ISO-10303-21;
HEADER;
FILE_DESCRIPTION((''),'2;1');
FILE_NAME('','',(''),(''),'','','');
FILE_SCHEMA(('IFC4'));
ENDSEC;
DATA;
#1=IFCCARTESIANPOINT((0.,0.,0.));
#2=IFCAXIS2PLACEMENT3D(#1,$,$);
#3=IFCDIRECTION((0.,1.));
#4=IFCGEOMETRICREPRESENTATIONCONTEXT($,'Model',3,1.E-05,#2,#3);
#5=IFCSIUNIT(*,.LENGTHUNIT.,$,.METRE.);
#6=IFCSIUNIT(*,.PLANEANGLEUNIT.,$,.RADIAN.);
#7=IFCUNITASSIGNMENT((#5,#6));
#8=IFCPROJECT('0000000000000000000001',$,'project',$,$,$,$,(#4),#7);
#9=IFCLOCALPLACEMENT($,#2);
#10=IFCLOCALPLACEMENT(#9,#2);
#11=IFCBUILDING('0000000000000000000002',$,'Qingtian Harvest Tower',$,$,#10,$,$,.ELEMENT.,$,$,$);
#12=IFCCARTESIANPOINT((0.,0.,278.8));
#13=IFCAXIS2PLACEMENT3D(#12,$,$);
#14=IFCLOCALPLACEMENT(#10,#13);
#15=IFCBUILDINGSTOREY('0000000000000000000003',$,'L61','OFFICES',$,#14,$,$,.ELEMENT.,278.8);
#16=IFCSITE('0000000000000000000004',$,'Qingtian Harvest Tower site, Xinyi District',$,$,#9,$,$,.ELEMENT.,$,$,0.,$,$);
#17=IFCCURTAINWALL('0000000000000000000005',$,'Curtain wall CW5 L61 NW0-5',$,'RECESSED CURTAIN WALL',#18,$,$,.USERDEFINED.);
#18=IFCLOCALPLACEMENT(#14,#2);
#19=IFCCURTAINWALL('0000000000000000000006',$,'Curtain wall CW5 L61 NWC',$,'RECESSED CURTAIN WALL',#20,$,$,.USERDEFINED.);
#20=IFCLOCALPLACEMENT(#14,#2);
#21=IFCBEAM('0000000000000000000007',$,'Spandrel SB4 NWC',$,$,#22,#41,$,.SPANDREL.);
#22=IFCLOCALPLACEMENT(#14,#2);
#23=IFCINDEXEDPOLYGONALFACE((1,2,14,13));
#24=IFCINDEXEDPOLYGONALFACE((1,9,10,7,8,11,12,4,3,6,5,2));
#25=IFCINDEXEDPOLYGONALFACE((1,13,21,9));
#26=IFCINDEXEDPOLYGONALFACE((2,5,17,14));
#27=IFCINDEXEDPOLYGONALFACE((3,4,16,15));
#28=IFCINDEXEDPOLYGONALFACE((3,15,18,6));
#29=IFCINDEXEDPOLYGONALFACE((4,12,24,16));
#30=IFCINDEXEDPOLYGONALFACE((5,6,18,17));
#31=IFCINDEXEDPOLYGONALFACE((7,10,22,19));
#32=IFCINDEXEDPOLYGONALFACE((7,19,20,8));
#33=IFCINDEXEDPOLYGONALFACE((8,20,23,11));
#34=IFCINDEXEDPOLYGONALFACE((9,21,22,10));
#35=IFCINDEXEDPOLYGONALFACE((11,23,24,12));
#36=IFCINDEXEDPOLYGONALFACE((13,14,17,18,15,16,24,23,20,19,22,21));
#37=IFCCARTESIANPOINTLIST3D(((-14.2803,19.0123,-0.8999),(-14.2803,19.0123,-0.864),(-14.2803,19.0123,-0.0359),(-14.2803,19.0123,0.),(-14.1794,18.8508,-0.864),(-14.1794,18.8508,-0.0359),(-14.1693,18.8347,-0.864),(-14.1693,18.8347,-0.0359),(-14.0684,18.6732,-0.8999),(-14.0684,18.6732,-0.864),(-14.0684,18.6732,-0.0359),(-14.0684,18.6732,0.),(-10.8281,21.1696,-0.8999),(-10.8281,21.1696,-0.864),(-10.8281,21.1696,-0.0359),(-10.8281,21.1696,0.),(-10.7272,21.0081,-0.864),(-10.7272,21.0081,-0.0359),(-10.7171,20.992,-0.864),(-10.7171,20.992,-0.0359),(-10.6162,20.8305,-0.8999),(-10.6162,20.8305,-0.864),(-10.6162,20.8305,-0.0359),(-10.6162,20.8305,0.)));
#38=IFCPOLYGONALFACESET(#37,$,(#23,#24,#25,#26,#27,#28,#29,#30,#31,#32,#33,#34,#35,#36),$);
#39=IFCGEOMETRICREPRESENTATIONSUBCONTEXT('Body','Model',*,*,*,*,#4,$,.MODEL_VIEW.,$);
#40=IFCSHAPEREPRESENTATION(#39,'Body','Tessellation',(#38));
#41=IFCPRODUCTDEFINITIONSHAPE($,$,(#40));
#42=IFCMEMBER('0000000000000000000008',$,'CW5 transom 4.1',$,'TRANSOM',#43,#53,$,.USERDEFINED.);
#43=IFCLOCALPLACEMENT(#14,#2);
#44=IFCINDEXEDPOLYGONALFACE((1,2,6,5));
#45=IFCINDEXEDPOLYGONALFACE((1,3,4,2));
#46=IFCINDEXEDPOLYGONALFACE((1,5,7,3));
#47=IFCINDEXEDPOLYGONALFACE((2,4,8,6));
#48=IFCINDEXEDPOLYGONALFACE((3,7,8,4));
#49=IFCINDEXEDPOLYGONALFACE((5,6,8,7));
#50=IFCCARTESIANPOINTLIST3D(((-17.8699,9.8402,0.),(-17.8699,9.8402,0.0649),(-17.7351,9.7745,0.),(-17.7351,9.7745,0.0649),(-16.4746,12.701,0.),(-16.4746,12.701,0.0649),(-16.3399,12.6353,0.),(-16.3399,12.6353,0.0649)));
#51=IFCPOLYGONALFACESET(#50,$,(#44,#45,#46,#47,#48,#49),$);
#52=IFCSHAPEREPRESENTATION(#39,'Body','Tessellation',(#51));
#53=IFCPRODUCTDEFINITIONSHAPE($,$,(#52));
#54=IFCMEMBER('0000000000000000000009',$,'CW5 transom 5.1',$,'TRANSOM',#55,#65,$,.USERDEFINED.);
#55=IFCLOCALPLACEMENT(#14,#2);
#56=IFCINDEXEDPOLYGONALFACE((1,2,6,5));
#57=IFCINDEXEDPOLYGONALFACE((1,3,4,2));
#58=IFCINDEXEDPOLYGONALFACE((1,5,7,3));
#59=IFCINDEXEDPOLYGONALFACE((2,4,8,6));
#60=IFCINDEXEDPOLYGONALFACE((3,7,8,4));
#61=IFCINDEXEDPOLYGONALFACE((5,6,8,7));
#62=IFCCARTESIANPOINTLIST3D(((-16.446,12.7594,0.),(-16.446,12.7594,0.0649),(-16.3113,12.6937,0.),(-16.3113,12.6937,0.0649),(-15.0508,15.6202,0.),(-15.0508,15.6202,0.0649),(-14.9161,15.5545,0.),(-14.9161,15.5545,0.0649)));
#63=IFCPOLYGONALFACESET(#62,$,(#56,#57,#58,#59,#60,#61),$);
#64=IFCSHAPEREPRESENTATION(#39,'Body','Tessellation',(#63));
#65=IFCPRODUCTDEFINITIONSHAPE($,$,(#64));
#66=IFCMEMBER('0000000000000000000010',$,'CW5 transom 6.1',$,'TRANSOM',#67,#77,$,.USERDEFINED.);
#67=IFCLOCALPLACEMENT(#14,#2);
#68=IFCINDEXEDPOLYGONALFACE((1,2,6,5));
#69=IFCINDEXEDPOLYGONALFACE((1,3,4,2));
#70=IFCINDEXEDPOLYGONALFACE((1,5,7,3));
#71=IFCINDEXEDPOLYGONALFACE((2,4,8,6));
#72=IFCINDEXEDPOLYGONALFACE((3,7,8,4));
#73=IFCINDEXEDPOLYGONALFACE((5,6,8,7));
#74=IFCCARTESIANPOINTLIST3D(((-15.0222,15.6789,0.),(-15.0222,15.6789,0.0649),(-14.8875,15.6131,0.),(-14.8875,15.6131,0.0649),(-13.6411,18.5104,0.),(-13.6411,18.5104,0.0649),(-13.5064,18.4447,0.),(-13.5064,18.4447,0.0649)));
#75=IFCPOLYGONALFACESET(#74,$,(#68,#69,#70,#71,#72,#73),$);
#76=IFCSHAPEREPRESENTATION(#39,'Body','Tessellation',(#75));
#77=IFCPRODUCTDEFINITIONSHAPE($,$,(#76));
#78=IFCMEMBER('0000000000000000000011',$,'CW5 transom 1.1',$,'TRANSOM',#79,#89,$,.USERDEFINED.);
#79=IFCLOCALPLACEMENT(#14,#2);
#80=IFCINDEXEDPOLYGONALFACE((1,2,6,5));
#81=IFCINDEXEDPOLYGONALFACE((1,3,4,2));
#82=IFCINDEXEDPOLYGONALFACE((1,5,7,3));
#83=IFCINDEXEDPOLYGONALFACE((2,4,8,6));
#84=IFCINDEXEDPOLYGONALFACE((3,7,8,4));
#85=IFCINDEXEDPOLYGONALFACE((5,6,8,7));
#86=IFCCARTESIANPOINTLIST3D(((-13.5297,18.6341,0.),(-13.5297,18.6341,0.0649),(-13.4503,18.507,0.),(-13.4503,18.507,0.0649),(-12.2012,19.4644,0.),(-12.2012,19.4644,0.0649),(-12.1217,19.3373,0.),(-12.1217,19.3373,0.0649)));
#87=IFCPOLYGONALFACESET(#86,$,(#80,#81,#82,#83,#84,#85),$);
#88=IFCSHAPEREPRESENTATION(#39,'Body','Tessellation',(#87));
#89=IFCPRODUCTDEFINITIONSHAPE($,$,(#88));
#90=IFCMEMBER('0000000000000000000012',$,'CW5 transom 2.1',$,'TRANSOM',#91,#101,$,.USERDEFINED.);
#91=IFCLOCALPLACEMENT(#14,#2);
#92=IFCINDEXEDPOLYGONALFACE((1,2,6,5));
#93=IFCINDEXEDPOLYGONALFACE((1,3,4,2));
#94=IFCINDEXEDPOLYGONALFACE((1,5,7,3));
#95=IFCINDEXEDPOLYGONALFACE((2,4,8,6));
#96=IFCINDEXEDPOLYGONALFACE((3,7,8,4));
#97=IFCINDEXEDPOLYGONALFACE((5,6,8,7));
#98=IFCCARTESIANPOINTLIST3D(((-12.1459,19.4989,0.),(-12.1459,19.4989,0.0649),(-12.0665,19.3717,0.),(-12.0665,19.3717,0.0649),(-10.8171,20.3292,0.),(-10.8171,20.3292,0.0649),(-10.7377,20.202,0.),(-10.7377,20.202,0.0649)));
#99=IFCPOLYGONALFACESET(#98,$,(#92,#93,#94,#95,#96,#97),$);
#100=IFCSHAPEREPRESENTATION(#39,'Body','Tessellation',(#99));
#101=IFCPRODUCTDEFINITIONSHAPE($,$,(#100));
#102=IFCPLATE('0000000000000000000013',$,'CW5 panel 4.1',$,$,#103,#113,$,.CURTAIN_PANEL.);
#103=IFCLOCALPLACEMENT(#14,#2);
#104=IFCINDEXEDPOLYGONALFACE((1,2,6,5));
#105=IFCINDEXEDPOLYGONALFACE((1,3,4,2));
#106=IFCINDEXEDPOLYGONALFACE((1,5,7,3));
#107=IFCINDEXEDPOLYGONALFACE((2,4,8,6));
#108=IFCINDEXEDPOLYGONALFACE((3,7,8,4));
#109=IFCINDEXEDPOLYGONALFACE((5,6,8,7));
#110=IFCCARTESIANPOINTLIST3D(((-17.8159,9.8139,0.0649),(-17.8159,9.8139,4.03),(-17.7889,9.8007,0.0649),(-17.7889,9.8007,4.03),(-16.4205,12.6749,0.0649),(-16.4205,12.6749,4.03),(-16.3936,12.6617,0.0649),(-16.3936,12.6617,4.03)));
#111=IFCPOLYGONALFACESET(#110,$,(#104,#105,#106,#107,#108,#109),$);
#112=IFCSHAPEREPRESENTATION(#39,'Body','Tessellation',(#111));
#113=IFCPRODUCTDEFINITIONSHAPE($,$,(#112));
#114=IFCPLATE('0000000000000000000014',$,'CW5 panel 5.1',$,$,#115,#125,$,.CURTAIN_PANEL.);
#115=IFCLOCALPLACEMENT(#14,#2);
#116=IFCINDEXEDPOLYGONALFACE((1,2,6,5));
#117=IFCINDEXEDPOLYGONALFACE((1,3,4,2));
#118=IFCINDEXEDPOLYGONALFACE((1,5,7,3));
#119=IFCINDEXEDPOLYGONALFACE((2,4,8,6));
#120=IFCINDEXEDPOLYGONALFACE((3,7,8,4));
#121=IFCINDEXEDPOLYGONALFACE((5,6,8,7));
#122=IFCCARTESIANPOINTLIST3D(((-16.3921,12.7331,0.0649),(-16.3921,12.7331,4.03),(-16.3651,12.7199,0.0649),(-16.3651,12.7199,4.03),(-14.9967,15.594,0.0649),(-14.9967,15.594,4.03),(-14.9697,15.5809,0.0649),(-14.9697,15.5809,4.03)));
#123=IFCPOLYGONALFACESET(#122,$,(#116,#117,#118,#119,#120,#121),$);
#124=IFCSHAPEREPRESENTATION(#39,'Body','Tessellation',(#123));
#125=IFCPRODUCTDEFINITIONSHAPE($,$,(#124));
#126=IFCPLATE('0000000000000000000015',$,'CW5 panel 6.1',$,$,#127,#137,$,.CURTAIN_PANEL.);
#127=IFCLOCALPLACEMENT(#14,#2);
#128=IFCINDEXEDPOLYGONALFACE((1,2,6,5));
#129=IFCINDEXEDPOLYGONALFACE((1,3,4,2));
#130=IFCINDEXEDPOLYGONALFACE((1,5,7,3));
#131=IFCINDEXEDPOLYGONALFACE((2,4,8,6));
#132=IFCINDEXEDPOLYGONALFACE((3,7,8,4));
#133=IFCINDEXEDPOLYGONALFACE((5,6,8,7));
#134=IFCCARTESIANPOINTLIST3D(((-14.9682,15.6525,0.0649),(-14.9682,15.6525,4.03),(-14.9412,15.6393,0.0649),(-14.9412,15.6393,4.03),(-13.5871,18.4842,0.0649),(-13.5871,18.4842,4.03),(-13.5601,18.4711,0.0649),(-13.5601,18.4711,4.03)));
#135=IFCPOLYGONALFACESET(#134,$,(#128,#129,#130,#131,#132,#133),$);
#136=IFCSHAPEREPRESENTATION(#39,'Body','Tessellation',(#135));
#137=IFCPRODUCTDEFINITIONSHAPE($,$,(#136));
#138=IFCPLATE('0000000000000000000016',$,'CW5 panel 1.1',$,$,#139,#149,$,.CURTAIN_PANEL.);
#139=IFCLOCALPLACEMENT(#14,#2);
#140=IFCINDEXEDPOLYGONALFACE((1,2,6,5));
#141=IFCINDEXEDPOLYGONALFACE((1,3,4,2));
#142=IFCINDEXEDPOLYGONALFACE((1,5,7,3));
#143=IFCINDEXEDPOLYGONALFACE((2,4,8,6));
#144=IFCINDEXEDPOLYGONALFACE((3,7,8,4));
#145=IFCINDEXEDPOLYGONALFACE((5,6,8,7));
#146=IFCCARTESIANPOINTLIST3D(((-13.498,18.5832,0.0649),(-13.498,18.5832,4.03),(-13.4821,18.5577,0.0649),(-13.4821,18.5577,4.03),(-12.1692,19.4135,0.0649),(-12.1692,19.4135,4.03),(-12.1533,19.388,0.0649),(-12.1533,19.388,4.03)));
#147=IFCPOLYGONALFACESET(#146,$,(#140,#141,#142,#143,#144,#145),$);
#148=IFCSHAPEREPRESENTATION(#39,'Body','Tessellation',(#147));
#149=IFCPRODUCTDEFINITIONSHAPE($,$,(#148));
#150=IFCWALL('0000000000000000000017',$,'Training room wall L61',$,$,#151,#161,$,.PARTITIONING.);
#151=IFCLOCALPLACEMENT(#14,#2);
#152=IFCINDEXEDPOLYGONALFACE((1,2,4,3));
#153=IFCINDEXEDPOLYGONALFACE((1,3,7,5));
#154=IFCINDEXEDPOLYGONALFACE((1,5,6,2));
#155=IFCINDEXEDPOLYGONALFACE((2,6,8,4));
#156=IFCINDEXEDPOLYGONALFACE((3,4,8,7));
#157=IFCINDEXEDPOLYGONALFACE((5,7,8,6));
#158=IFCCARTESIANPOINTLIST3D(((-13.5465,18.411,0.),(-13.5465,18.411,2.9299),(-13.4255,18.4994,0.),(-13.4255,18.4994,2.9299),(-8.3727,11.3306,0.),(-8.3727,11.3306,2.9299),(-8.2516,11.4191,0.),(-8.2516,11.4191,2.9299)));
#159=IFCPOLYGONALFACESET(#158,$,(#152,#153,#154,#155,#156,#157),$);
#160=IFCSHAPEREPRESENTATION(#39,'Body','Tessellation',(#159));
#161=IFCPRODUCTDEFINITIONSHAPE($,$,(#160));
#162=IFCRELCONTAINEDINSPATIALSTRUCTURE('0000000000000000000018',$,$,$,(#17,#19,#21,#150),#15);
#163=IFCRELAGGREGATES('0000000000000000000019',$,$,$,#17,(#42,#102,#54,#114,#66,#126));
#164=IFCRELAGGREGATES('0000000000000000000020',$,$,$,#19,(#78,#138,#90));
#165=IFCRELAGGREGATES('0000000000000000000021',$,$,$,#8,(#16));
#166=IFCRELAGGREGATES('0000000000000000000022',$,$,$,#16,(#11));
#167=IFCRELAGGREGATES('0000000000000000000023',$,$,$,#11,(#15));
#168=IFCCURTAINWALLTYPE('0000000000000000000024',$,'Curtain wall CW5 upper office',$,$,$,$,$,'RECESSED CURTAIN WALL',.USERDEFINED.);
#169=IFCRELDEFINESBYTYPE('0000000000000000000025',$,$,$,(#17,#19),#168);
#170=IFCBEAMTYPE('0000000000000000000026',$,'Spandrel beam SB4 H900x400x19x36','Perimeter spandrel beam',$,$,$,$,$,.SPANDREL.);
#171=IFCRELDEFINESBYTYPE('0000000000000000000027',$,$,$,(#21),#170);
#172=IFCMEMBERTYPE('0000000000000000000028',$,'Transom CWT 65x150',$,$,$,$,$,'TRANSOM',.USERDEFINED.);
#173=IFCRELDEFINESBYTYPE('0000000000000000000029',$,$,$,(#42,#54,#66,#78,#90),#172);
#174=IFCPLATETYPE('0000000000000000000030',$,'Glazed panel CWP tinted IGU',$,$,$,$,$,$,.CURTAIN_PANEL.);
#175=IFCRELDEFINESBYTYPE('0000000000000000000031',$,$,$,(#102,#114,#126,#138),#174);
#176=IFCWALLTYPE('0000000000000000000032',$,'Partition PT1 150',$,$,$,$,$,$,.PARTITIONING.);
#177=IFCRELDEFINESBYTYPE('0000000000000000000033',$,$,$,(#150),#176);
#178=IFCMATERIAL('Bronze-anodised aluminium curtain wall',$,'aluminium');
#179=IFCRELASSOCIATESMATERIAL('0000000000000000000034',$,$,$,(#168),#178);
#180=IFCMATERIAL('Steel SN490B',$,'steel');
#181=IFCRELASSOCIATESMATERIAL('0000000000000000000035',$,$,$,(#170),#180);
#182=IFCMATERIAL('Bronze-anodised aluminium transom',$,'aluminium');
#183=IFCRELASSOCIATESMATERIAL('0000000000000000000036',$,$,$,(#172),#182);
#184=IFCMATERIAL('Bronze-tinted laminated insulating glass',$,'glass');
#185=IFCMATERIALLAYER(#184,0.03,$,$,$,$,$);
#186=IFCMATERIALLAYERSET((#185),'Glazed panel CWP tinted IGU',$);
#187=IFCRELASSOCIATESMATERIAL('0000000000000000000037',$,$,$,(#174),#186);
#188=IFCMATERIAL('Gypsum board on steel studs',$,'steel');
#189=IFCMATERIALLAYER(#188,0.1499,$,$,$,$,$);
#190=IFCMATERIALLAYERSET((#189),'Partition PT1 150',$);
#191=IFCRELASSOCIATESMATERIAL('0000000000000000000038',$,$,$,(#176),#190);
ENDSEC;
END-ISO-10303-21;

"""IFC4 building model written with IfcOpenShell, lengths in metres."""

from ifc_helpers import new_model, si_unit, direction, frame, frame_2d, origin, origin_2d, place, context, subcontext, project, spatial, rectangle, i_section, extrude, material, layer, layer_set, material_profile, profile_set, type_object, element, aggregate, save


model = new_model("IFC4")

# Units and contexts
model_context = context("Model", 3, precision=1e-05, world=origin(), true_north=direction((0.0, 1.0)))
body_context = subcontext(model_context, "Body", "Model", "MODEL_VIEW")
ifc_project = project(units=[si_unit("LENGTHUNIT", "METRE"), si_unit("PLANEANGLEUNIT", "RADIAN")], contexts=[model_context])

# Site, building, storey
site_placement = place(None, origin())
site = spatial("IfcSite", under=ifc_project, at=site_placement, Name="Qingtian Harvest Tower site, Xinyi District", CompositionType="ELEMENT", RefElevation=0.0)
building_placement = place(site_placement, origin())
building = spatial("IfcBuilding", under=site, at=building_placement, Name="Qingtian Harvest Tower", CompositionType="ELEMENT")
storey_placement = place(building_placement, frame((0.0, 0.0, 278.8)))
storey = spatial("IfcBuildingStorey", under=building, at=storey_placement, Name="L61", Description="OFFICES", CompositionType="ELEMENT", Elevation=278.8)

# Curtain walls
ifc_material_1 = material(Name="Bronze-anodised aluminium curtain wall", Category="aluminium")
curtain_wall_type = type_object("IfcCurtainWallType", Name="Curtain wall CW5 upper office", ElementType="RECESSED CURTAIN WALL", PredefinedType="USERDEFINED", material=ifc_material_1)
curtain_wall_1_placement = place(storey_placement, origin())
curtain_wall_1 = element("IfcCurtainWall", 1, at=curtain_wall_1_placement, inside=storey, type_object=curtain_wall_type, Name="Curtain wall CW5 L61 NW0-5", ObjectType="RECESSED CURTAIN WALL", PredefinedType="USERDEFINED")
curtain_wall_2_placement = place(storey_placement, origin())
curtain_wall_2 = element("IfcCurtainWall", 2, at=curtain_wall_2_placement, inside=storey, type_object=curtain_wall_type, Name="Curtain wall CW5 L61 NWC", ObjectType="RECESSED CURTAIN WALL", PredefinedType="USERDEFINED")

# Beam
ifc_material_2 = material(Name="Steel SN490B", Category="steel")
ifc_material_profile_1 = material_profile(ifc_material_2, i_section(OverallWidth=0.3999, OverallDepth=0.8999, WebThickness=0.019, FlangeThickness=0.0359, at=origin_2d()), Name="H900x400x19x36")
ifc_profile_set_1 = profile_set([ifc_material_profile_1], Name="Steel SN490B")
beam_type_1 = type_object("IfcBeamType", Name="Spandrel beam SB4 H900x400x19x36", Description="Perimeter spandrel beam", PredefinedType="SPANDREL", material=ifc_profile_set_1)
beam_1_placement = place(storey_placement, frame((-14.1743, 18.8428, -0.45), z_axis=(0.848039, 0.529934, 0.0), x_axis=(-0.529934, 0.848039, 0.0)))
element("IfcBeam", 3, at=beam_1_placement, inside=storey, type_object=beam_type_1, Name="Spandrel SB4 NWC", PredefinedType="SPANDREL", context=body_context, shape_type="SweptSolid", body=[
    extrude(i_section(OverallWidth=0.3999, OverallDepth=0.8999, WebThickness=0.019, FlangeThickness=0.0359, at=origin_2d()), origin(), (0.0, 0.0, 1.0), 4.0708),
])

# Members
ifc_material_3 = material(Name="Bronze-anodised aluminium transom", Category="aluminium")
ifc_material_profile_2 = material_profile(ifc_material_3, rectangle(XDim=0.1499, YDim=0.0649, at=origin_2d()), Name="AL 65x150")
ifc_profile_set_2 = profile_set([ifc_material_profile_2], Name="Bronze-anodised aluminium transom")
member_type_1 = type_object("IfcMemberType", Name="Transom CWT 65x150", ElementType="TRANSOM", PredefinedType="USERDEFINED", material=ifc_profile_set_2)
member_1_placement = place(storey_placement, frame((-17.8025, 9.8074, 0.0325), z_axis=(0.438356, 0.898802, 0.0), x_axis=(-0.898802, 0.438356, 0.0)))
member_1 = element("IfcMember", 4, at=member_1_placement, type_object=member_type_1, Name="CW5 transom 4.1", ObjectType="TRANSOM", PredefinedType="USERDEFINED", context=body_context, shape_type="SweptSolid", body=[
    extrude(rectangle(XDim=0.1499, YDim=0.0649, at=origin_2d()), origin(), (0.0, 0.0, 1.0), 3.1829),
])
member_2_placement = place(storey_placement, frame((-16.3787, 12.7266, 0.0325), z_axis=(0.438356, 0.898802, 0.0), x_axis=(-0.898802, 0.438356, 0.0)))
member_2 = element("IfcMember", 5, at=member_2_placement, type_object=member_type_1, Name="CW5 transom 5.1", ObjectType="TRANSOM", PredefinedType="USERDEFINED", context=body_context, shape_type="SweptSolid", body=[
    extrude(rectangle(XDim=0.1499, YDim=0.0649, at=origin_2d()), origin(), (0.0, 0.0, 1.0), 3.1829),
])
member_3_placement = place(storey_placement, frame((-14.9548, 15.646, 0.0325), z_axis=(0.438389, 0.898786, 0.0), x_axis=(-0.898786, 0.438389, 0.0)))
member_3 = element("IfcMember", 6, at=member_3_placement, type_object=member_type_1, Name="CW5 transom 6.1", ObjectType="TRANSOM", PredefinedType="USERDEFINED", context=body_context, shape_type="SweptSolid", body=[
    extrude(rectangle(XDim=0.1499, YDim=0.0649, at=origin_2d()), origin(), (0.0, 0.0, 1.0), 3.1504),
])
member_4_placement = place(storey_placement, frame((-13.49, 18.5706, 0.0325), z_axis=(0.848016, 0.529971, 0.0), x_axis=(-0.529971, 0.848016, 0.0)))
member_4 = element("IfcMember", 7, at=member_4_placement, type_object=member_type_1, Name="CW5 transom 1.1", ObjectType="TRANSOM", PredefinedType="USERDEFINED", context=body_context, shape_type="SweptSolid", body=[
    extrude(rectangle(XDim=0.1499, YDim=0.0649, at=origin_2d()), origin(), (0.0, 0.0, 1.0), 1.5667),
])
member_5_placement = place(storey_placement, frame((-12.1062, 19.4353, 0.0325), z_axis=(0.84806, 0.529901, 0.0), x_axis=(-0.529901, 0.84806, 0.0)))
member_5 = element("IfcMember", 8, at=member_5_placement, type_object=member_type_1, Name="CW5 transom 2.1", ObjectType="TRANSOM", PredefinedType="USERDEFINED", context=body_context, shape_type="SweptSolid", body=[
    extrude(rectangle(XDim=0.1499, YDim=0.0649, at=origin_2d()), origin(), (0.0, 0.0, 1.0), 1.5669),
])

# Plates
ifc_material_4 = material(Name="Bronze-tinted laminated insulating glass", Category="glass")
ifc_layer_1 = layer(ifc_material_4, 0.03)
ifc_layer_set_1 = layer_set([ifc_layer_1], Name="Glazed panel CWP tinted IGU")
plate_type = type_object("IfcPlateType", Name="Glazed panel CWP tinted IGU", PredefinedType="CURTAIN_PANEL", material=ifc_layer_set_1)
plate_1_placement = place(storey_placement, frame((-17.1047, 11.2378, 0.0649), z_axis=(0.0, 0.0, 1.0), x_axis=(0.438371, 0.898794, 0.0)))
plate_1 = element("IfcPlate", 9, at=plate_1_placement, type_object=plate_type, Name="CW5 panel 4.1", PredefinedType="CURTAIN_PANEL", context=body_context, shape_type="SweptSolid", body=[
    extrude(rectangle(XDim=3.1831, YDim=0.03, at=origin_2d()), origin(), (0.0, 0.0, 1.0), 3.9651),
])
plate_2_placement = place(storey_placement, frame((-15.6809, 14.157, 0.0649), z_axis=(0.0, 0.0, 1.0), x_axis=(0.438371, 0.898794, 0.0)))
plate_2 = element("IfcPlate", 10, at=plate_2_placement, type_object=plate_type, Name="CW5 panel 5.1", PredefinedType="CURTAIN_PANEL", context=body_context, shape_type="SweptSolid", body=[
    extrude(rectangle(XDim=3.1831, YDim=0.03, at=origin_2d()), origin(), (0.0, 0.0, 1.0), 3.9651),
])
plate_3_placement = place(storey_placement, frame((-14.2642, 17.0618, 0.0649), z_axis=(0.0, 0.0, 1.0), x_axis=(0.438371, 0.898794, 0.0)))
plate_3 = element("IfcPlate", 11, at=plate_3_placement, type_object=plate_type, Name="CW5 panel 6.1", PredefinedType="CURTAIN_PANEL", context=body_context, shape_type="SweptSolid", body=[
    extrude(rectangle(XDim=3.1506, YDim=0.03, at=origin_2d()), origin(), (0.0, 0.0, 1.0), 3.9651),
])
aggregate(curtain_wall_1, [member_1, plate_1, member_2, plate_2, member_3, plate_3])
plate_4_placement = place(storey_placement, frame((-12.8257, 18.9856, 0.0649), z_axis=(0.0, 0.0, 1.0), x_axis=(0.848048, 0.529919, 0.0)))
plate_4 = element("IfcPlate", 12, at=plate_4_placement, type_object=plate_type, Name="CW5 panel 1.1", PredefinedType="CURTAIN_PANEL", context=body_context, shape_type="SweptSolid", body=[
    extrude(rectangle(XDim=1.5669, YDim=0.03, at=origin_2d()), origin(), (0.0, 0.0, 1.0), 3.9651),
])
aggregate(curtain_wall_2, [member_4, plate_4, member_5])

# Wall
ifc_material_5 = material(Name="Gypsum board on steel studs", Category="steel")
ifc_layer_2 = layer(ifc_material_5, 0.1499)
ifc_layer_set_2 = layer_set([ifc_layer_2], Name="Partition PT1 150")
wall_type = type_object("IfcWallType", Name="Partition PT1 150", PredefinedType="PARTITIONING", material=ifc_layer_set_2)
wall_1_placement = place(storey_placement, frame((-13.4861, 18.4553, 0.0), z_axis=(0.0, 0.0, 1.0), x_axis=(0.589998, -0.807405, 0.0)))
element("IfcWall", 13, at=wall_1_placement, inside=storey, type_object=wall_type, Name="Training room wall L61", PredefinedType="PARTITIONING", context=body_context, shape_type="SweptSolid", body=[
    extrude(rectangle(XDim=8.7693, YDim=0.1499, at=frame_2d((4.3848, 0.0))), origin(), (0.0, 0.0, 1.0), 2.9299),
])

save(model, "model.ifc")
